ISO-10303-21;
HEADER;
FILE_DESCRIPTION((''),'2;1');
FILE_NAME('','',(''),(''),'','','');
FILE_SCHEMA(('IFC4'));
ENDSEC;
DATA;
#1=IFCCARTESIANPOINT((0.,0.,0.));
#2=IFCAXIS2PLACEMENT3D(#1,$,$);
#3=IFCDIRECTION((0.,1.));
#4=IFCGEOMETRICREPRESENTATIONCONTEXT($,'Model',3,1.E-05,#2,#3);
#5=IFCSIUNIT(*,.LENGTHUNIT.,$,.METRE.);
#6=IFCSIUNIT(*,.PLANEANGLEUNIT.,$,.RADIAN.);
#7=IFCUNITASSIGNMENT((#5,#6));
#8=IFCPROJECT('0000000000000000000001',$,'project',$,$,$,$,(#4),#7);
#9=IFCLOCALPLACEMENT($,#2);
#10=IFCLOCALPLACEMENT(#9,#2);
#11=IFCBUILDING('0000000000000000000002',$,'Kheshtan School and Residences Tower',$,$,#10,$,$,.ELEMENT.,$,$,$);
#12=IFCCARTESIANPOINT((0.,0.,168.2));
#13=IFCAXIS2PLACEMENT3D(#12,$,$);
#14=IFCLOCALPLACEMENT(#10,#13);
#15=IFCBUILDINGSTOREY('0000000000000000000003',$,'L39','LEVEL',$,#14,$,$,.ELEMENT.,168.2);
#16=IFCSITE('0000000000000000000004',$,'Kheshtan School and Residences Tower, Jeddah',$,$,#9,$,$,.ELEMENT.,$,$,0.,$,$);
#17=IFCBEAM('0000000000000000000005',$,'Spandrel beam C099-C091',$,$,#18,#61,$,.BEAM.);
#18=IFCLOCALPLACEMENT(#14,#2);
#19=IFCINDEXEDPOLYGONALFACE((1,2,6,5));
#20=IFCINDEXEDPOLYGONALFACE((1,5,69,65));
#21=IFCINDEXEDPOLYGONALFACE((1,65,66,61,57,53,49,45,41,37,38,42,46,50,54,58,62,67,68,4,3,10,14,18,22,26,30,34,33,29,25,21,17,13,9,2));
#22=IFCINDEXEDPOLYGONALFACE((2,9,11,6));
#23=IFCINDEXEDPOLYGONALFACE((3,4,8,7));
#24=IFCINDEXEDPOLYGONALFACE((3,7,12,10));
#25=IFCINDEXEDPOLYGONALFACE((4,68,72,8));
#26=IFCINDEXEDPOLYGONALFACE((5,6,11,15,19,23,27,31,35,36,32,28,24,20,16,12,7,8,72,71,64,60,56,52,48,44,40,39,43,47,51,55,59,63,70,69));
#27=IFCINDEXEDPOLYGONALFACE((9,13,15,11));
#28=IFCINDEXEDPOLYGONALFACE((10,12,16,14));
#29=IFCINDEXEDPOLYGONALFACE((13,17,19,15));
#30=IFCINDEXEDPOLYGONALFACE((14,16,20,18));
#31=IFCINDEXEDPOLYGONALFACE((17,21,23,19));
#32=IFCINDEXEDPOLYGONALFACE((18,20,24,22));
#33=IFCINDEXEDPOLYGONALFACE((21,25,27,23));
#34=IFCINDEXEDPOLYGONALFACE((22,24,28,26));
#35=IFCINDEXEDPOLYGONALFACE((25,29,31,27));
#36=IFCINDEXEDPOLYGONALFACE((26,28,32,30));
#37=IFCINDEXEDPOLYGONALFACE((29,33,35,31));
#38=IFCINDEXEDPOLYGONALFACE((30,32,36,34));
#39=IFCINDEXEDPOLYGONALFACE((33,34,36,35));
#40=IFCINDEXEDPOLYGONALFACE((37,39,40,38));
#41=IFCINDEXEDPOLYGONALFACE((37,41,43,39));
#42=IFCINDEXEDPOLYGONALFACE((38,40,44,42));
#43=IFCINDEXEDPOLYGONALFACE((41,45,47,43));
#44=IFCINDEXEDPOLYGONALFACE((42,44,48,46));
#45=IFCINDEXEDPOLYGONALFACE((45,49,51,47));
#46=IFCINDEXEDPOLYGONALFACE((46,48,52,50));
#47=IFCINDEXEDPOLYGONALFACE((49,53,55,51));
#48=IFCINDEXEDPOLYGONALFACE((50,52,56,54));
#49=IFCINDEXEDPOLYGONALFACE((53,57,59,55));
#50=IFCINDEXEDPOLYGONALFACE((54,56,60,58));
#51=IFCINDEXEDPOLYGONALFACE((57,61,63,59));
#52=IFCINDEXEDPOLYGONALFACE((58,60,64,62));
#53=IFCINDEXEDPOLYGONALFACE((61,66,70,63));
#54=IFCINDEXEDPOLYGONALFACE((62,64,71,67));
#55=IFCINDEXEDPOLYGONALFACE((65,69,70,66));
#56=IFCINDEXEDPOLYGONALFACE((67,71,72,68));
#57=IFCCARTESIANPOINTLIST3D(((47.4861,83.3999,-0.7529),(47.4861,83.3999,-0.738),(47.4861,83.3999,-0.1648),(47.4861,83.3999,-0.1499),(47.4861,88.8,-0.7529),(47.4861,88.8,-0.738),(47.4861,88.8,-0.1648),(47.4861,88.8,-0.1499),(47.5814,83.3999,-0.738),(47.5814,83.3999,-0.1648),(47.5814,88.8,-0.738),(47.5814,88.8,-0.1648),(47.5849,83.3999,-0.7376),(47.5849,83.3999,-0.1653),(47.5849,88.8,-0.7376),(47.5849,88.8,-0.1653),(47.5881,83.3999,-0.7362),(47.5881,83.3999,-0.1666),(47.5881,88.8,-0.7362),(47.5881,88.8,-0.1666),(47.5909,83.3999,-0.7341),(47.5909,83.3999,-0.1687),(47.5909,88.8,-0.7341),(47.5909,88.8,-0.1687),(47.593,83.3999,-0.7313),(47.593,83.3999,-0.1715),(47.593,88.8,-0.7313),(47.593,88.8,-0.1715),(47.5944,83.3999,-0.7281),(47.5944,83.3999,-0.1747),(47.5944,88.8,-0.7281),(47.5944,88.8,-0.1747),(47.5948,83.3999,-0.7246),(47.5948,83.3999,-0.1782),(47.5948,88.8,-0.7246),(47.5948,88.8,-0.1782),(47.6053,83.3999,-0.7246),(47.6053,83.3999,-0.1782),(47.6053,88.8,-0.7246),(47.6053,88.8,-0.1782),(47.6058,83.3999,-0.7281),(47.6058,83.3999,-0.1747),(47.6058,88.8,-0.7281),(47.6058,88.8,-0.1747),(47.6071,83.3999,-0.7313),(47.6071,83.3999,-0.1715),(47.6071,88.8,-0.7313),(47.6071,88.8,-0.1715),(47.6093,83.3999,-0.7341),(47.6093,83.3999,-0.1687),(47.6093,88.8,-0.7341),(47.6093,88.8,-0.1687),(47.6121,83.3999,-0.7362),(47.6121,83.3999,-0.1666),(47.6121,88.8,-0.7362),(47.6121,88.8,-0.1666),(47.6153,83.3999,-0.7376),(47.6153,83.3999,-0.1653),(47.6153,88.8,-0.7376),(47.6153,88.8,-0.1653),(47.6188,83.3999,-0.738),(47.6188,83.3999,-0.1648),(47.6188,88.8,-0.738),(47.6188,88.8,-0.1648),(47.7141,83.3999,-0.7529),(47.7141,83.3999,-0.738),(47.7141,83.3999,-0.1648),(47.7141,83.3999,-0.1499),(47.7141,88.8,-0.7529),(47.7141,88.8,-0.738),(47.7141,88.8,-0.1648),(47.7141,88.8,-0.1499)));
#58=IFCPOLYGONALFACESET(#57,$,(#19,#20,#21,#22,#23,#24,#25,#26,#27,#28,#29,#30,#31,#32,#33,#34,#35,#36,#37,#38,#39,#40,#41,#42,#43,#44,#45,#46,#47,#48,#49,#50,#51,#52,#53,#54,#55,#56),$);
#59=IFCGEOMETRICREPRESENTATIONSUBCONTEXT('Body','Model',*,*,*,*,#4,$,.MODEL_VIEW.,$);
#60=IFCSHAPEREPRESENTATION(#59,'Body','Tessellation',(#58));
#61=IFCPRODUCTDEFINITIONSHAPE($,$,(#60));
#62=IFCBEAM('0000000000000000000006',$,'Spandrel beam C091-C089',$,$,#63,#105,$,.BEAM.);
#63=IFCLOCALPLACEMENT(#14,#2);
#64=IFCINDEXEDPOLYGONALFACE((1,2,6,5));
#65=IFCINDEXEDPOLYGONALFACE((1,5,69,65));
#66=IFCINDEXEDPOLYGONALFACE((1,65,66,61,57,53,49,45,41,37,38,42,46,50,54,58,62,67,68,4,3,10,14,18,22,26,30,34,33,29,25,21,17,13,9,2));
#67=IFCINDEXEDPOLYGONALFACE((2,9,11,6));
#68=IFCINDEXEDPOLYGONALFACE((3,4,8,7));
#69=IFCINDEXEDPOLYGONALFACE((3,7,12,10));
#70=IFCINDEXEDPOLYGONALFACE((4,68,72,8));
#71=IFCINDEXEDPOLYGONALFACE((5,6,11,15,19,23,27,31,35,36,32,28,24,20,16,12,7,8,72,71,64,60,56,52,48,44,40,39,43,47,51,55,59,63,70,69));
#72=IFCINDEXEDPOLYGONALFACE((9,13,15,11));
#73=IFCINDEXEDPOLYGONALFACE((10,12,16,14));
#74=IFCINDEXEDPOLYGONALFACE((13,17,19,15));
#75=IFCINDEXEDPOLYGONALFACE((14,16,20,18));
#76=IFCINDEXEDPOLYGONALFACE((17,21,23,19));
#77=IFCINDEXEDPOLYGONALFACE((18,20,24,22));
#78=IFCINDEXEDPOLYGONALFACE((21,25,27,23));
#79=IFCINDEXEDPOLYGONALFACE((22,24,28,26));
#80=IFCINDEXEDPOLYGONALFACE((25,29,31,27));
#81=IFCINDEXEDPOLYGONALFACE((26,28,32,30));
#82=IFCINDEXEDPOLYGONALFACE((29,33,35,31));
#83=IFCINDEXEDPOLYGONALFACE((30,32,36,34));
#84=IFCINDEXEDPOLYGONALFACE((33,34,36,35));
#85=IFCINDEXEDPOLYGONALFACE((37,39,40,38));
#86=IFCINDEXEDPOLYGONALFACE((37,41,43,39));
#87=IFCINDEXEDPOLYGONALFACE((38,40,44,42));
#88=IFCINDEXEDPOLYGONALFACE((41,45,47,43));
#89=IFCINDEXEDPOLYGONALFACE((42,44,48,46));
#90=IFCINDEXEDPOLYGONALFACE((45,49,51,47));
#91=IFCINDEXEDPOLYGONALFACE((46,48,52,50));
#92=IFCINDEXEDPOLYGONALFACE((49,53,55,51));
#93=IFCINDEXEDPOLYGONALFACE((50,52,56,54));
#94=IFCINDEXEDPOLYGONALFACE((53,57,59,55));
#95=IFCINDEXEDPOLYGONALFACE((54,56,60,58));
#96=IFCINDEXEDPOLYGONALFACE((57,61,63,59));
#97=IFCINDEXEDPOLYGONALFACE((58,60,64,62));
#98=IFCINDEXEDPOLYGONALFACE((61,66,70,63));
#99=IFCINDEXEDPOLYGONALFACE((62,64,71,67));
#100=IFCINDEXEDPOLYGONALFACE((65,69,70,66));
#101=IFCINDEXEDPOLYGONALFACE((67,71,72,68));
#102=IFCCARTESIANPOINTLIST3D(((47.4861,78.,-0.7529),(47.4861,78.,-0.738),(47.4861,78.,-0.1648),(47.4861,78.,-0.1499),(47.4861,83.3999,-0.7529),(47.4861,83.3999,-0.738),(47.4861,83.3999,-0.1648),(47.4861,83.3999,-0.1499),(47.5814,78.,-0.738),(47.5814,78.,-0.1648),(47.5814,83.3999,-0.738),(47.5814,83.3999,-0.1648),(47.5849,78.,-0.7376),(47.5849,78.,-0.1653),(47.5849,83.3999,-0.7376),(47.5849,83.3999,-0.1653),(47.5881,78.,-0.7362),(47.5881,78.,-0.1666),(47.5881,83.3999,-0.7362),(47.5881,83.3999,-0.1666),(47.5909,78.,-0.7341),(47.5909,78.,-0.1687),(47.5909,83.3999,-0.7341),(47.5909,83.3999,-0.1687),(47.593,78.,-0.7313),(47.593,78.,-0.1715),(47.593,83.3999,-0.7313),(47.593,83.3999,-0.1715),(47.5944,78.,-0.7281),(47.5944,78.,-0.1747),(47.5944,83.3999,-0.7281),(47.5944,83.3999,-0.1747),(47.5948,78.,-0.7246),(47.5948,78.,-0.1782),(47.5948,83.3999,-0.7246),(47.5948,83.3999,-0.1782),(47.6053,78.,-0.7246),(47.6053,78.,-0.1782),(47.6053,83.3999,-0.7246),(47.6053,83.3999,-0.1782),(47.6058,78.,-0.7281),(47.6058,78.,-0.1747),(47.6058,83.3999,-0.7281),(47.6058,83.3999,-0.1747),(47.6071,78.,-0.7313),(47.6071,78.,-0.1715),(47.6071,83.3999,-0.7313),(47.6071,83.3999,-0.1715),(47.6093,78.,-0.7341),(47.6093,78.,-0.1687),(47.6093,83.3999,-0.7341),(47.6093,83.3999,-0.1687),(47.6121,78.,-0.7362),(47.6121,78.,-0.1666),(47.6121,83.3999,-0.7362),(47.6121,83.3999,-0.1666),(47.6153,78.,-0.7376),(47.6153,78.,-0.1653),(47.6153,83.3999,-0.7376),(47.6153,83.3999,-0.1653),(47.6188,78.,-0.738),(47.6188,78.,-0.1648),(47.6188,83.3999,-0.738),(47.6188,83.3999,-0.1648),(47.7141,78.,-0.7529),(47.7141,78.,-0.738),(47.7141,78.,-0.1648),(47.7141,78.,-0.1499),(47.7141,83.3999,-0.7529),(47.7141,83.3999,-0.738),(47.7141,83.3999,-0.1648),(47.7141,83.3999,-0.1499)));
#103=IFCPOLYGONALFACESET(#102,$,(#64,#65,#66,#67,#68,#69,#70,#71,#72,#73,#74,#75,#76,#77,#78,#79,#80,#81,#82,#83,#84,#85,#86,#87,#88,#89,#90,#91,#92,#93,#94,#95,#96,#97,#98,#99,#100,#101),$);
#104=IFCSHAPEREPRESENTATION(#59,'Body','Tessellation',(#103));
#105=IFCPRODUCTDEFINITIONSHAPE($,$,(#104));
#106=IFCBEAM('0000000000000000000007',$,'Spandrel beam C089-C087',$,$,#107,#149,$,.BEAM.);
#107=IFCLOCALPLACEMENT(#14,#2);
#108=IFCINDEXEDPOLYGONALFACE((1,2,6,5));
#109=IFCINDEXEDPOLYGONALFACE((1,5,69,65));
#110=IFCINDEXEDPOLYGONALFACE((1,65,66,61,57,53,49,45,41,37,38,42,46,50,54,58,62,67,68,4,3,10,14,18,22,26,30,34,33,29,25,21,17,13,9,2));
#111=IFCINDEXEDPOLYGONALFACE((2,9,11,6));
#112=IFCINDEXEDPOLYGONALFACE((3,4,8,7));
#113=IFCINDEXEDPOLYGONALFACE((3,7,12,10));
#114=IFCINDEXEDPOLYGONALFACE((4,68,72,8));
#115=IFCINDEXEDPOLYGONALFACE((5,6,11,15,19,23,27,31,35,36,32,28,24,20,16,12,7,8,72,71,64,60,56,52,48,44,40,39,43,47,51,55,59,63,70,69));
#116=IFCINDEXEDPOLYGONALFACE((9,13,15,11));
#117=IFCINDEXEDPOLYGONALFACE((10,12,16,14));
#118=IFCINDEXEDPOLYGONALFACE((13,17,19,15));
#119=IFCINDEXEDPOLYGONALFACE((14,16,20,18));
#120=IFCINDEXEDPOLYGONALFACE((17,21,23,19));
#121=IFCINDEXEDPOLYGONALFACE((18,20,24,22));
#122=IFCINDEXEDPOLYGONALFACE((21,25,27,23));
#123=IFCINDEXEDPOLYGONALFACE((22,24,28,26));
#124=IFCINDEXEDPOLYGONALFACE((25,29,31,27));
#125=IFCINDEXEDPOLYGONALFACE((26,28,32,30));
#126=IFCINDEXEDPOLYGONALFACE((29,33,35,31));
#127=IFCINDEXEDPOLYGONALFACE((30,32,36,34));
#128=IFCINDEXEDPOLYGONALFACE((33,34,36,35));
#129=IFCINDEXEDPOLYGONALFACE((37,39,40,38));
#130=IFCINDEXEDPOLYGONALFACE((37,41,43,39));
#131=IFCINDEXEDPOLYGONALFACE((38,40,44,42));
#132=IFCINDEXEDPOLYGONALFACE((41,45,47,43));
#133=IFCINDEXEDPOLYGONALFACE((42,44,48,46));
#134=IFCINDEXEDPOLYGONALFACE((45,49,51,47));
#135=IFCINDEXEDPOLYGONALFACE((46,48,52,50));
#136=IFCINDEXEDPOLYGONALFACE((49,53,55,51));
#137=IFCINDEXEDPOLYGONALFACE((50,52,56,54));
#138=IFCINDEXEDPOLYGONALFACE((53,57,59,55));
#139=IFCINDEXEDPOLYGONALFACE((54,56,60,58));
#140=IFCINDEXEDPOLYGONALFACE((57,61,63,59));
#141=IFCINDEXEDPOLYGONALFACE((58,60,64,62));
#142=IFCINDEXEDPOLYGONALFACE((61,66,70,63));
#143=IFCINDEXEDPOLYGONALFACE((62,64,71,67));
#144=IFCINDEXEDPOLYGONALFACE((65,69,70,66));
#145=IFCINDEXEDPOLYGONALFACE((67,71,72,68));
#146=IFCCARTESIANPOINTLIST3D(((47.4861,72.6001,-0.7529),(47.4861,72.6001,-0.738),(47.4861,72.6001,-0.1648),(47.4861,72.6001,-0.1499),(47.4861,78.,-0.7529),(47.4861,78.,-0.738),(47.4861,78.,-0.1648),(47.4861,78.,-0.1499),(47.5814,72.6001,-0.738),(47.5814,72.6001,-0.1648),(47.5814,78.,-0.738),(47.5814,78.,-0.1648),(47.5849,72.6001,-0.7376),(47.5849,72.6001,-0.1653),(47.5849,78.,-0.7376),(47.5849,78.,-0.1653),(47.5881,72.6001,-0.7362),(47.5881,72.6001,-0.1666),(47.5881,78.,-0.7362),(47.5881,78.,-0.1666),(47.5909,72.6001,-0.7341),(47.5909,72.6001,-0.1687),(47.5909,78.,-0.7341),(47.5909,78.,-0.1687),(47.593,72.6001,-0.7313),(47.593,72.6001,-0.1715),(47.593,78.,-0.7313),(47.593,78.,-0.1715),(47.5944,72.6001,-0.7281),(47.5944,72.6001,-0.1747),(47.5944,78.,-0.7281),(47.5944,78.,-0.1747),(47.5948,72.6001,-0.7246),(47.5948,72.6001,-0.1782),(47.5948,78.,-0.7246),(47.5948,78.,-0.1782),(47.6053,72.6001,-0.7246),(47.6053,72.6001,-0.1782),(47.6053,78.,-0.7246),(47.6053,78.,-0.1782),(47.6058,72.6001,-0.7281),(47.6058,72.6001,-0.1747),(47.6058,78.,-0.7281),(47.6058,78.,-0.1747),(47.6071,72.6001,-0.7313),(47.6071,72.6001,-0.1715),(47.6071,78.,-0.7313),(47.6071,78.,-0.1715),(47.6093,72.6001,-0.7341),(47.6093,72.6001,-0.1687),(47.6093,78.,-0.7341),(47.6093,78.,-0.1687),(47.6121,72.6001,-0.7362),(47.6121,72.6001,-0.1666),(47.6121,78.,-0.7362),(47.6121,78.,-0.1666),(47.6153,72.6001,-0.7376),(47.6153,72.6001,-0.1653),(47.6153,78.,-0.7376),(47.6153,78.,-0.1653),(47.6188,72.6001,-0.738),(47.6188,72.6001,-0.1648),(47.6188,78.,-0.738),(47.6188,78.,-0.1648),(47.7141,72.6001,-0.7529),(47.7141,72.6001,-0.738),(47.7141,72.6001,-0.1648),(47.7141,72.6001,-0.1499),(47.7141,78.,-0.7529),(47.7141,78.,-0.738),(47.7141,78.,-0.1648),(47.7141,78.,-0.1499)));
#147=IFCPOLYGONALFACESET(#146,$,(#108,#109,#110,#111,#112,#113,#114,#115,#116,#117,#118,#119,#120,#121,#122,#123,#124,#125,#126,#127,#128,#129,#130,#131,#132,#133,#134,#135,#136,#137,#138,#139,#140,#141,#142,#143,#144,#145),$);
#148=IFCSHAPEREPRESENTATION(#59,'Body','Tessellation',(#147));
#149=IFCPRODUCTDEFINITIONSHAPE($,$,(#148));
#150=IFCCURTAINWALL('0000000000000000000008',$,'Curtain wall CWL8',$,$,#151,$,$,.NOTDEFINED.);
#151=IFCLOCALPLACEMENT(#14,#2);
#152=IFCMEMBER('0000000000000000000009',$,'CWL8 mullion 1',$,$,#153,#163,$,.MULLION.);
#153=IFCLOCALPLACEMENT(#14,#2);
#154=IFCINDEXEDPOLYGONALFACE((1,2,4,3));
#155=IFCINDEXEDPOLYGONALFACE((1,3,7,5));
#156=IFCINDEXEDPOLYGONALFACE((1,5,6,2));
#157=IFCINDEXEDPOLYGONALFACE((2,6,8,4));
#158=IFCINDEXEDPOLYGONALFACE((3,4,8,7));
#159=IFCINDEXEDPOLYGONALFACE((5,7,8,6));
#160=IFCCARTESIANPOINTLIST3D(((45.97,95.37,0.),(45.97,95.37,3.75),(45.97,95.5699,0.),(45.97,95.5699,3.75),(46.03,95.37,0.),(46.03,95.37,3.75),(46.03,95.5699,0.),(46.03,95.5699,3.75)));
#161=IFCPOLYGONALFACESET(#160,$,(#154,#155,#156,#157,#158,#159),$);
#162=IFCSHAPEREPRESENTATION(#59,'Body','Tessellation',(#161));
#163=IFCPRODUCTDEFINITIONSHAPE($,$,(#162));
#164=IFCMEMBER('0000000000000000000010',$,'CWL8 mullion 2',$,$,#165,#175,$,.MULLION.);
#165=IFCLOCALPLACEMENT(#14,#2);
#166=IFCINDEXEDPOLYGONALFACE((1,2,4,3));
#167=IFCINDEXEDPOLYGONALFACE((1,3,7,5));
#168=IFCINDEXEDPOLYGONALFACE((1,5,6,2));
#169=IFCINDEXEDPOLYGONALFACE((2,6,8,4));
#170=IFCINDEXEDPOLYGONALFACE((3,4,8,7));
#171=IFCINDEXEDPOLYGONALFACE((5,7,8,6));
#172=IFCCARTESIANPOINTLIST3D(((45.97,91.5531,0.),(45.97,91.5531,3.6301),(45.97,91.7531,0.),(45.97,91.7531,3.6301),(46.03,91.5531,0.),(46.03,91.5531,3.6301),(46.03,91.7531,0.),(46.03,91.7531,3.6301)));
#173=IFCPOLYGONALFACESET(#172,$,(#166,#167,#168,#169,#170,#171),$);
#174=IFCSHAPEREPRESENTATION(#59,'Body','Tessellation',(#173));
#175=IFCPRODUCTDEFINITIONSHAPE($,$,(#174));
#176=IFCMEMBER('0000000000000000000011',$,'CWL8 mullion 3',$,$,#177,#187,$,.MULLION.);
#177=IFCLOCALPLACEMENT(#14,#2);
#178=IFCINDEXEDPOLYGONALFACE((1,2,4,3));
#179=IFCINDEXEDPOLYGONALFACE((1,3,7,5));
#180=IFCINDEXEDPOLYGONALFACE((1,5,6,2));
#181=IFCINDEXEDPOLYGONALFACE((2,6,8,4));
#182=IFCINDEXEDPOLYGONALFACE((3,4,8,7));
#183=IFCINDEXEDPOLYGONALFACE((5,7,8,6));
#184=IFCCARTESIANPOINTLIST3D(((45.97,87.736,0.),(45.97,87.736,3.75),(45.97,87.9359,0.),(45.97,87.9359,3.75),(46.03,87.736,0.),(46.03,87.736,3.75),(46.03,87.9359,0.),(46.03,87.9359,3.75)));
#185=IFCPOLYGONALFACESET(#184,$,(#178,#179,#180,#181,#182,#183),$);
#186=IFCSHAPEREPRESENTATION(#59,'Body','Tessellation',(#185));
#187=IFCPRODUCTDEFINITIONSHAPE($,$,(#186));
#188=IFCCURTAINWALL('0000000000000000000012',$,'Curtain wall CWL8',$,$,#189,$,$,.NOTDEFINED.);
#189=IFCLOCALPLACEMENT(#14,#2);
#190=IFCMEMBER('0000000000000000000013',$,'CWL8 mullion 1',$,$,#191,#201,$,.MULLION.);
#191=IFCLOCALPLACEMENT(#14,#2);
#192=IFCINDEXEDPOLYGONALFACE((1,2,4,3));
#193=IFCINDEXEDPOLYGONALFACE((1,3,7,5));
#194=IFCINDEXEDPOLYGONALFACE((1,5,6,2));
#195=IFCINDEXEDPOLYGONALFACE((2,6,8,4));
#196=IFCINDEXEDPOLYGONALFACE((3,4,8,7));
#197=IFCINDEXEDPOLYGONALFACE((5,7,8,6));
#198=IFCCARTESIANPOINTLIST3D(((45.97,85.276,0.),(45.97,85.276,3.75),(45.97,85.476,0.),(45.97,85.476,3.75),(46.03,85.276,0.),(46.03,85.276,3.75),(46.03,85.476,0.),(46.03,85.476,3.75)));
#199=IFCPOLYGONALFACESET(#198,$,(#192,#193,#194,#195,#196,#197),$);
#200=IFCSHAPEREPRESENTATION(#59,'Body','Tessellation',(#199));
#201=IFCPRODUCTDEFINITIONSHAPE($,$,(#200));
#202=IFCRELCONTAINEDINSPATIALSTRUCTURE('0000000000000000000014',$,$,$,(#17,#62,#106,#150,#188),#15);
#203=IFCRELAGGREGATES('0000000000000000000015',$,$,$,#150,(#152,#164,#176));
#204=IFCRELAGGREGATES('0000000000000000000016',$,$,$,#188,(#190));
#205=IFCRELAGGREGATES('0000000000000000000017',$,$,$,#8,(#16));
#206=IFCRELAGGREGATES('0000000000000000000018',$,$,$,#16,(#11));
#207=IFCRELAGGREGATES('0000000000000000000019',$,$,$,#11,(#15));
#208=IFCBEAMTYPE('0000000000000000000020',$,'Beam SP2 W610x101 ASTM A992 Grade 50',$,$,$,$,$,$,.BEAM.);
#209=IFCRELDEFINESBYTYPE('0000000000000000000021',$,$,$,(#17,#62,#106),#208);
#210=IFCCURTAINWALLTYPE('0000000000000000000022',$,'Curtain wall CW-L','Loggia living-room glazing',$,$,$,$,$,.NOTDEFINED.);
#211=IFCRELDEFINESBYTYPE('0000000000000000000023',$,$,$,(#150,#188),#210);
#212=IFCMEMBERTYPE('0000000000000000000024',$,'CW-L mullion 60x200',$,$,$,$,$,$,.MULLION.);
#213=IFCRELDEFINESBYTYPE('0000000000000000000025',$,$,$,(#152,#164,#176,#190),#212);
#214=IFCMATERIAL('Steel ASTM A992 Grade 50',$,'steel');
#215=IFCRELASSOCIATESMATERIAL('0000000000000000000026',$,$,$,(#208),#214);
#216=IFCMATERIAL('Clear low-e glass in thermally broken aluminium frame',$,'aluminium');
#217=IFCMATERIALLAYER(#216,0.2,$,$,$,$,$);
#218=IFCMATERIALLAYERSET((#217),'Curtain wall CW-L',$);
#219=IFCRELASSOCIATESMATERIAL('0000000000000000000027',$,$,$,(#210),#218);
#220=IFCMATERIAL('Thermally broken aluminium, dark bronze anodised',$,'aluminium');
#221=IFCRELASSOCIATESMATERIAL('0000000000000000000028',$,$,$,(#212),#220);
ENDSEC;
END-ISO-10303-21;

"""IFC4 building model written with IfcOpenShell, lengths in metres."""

from ifc_helpers import new_model, si_unit, direction, frame, origin, origin_2d, place, context, subcontext, project, spatial, rectangle, i_section, extrude, material, layer, layer_set, material_profile, profile_set, type_object, element, aggregate, save


model = new_model("IFC4")

# Units and contexts
model_context = context("Model", 3, precision=1e-05, world=origin(), true_north=direction((0.0, 1.0)))
body_context = subcontext(model_context, "Body", "Model", "MODEL_VIEW")
ifc_project = project(units=[si_unit("LENGTHUNIT", "METRE"), si_unit("PLANEANGLEUNIT", "RADIAN")], contexts=[model_context])

# Site, building, storey
site_placement = place(None, origin())
site = spatial("IfcSite", under=ifc_project, at=site_placement, Name="Kheshtan School and Residences Tower, Jeddah", CompositionType="ELEMENT", RefElevation=0.0)
building_placement = place(site_placement, origin())
building = spatial("IfcBuilding", under=site, at=building_placement, Name="Kheshtan School and Residences Tower", CompositionType="ELEMENT")
storey_placement = place(building_placement, frame((0.0, 0.0, 168.2)))
storey = spatial("IfcBuildingStorey", under=building, at=storey_placement, Name="L39", Description="LEVEL", CompositionType="ELEMENT", Elevation=168.2)

# Shared definitions
ifc_material_1 = material(Name="Steel ASTM A992 Grade 50", Category="steel")

# Beams
ifc_material_profile_1 = material_profile(ifc_material_1, i_section(OverallWidth=0.228, OverallDepth=0.603, WebThickness=0.0105, FlangeThickness=0.0149, FilletRadius=0.0134, at=origin_2d()), Name="W610x101")
ifc_profile_set_1 = profile_set([ifc_material_profile_1], Name="Steel ASTM A992 Grade 50")
beam_type_1 = type_object("IfcBeamType", Name="Beam SP2 W610x101 ASTM A992 Grade 50", PredefinedType="BEAM", material=ifc_profile_set_1)
beam_1_placement = place(storey_placement, frame((47.6001, 88.8, -0.4514), z_axis=(0.0, -1.0, 0.0), x_axis=(1.0, 0.0, 0.0)))
element("IfcBeam", 1, at=beam_1_placement, inside=storey, type_object=beam_type_1, Name="Spandrel beam C099-C091", PredefinedType="BEAM", context=body_context, shape_type="SweptSolid", body=[
    extrude(i_section(OverallWidth=0.228, OverallDepth=0.603, WebThickness=0.0105, FlangeThickness=0.0149, FilletRadius=0.0134, at=origin_2d()), origin(), (0.0, 0.0, 1.0), 5.4001),
])
for number, where, z_axis, x_axis, name in (
    (2, (47.6001, 83.3999, -0.4514), (0.0, -1.0, 0.0), (1.0, 0.0, 0.0), "Spandrel beam C091-C089"),
    (3, (47.6001, 78.0, -0.4514), (0.0, -1.0, 0.0), (1.0, 0.0, 0.0), "Spandrel beam C089-C087"),
):
    element("IfcBeam", number, at=place(storey_placement, frame(where, z_axis=z_axis, x_axis=x_axis)), inside=storey, type_object=beam_type_1, Name=name, PredefinedType="BEAM", context=body_context, shape_type="SweptSolid", body=[
        extrude(i_section(OverallWidth=0.228, OverallDepth=0.603, WebThickness=0.0105, FlangeThickness=0.0149, FilletRadius=0.0134, at=origin_2d()), origin(), (0.0, 0.0, 1.0), 5.3999),
    ])

# Curtain walls, members
ifc_material_2 = material(Name="Clear low-e glass in thermally broken aluminium frame", Category="aluminium")
ifc_layer_1 = layer(ifc_material_2, 0.2)
ifc_layer_set_1 = layer_set([ifc_layer_1], Name="Curtain wall CW-L")
curtain_wall_type = type_object("IfcCurtainWallType", Name="Curtain wall CW-L", Description="Loggia living-room glazing", PredefinedType="NOTDEFINED", material=ifc_layer_set_1)
curtain_wall_1_placement = place(storey_placement, origin())
curtain_wall_1 = element("IfcCurtainWall", 4, at=curtain_wall_1_placement, inside=storey, type_object=curtain_wall_type, Name="Curtain wall CWL8", PredefinedType="NOTDEFINED")
ifc_material_3 = material(Name="Thermally broken aluminium, dark bronze anodised", Category="aluminium")
ifc_material_profile_2 = material_profile(ifc_material_3, rectangle(XDim=0.0601, YDim=0.2, at=origin_2d()), Name="CW-L mullion 60x200")
ifc_profile_set_2 = profile_set([ifc_material_profile_2], Name="Thermally broken aluminium, dark bronze anodised")
member_type_1 = type_object("IfcMemberType", Name="CW-L mullion 60x200", PredefinedType="MULLION", material=ifc_profile_set_2)
member_1_placement = place(storey_placement, frame((46.0, 95.47, 0.0), z_axis=(0.0, 0.0, 1.0), x_axis=(1.0, 0.0, 0.0)))
member_1 = element("IfcMember", 5, at=member_1_placement, type_object=member_type_1, Name="CWL8 mullion 1", PredefinedType="MULLION", context=body_context, shape_type="SweptSolid", body=[
    extrude(rectangle(XDim=0.0601, YDim=0.2, at=origin_2d()), origin(), (0.0, 0.0, 1.0), 3.75),
])
member_2_placement = place(storey_placement, frame((46.0, 91.6531, 0.0), z_axis=(0.0, 0.0, 1.0), x_axis=(1.0, 0.0, 0.0)))
member_2 = element("IfcMember", 6, at=member_2_placement, type_object=member_type_1, Name="CWL8 mullion 2", PredefinedType="MULLION", context=body_context, shape_type="SweptSolid", body=[
    extrude(rectangle(XDim=0.0601, YDim=0.2, at=origin_2d()), origin(), (0.0, 0.0, 1.0), 3.6301),
])
member_3_placement = place(storey_placement, frame((46.0, 87.8359, 0.0), z_axis=(0.0, 0.0, 1.0), x_axis=(1.0, 0.0, 0.0)))
member_3 = element("IfcMember", 7, at=member_3_placement, type_object=member_type_1, Name="CWL8 mullion 3", PredefinedType="MULLION", context=body_context, shape_type="SweptSolid", body=[
    extrude(rectangle(XDim=0.0601, YDim=0.2, at=origin_2d()), origin(), (0.0, 0.0, 1.0), 3.75),
])
curtain_wall_2_placement = place(storey_placement, origin())
curtain_wall_2 = element("IfcCurtainWall", 8, at=curtain_wall_2_placement, inside=storey, type_object=curtain_wall_type, Name="Curtain wall CWL8", PredefinedType="NOTDEFINED")
member_4_placement = place(storey_placement, frame((46.0, 85.376, 0.0), z_axis=(0.0, 0.0, 1.0), x_axis=(1.0, 0.0, 0.0)))
member_4 = element("IfcMember", 9, at=member_4_placement, type_object=member_type_1, Name="CWL8 mullion 1", PredefinedType="MULLION", context=body_context, shape_type="SweptSolid", body=[
    extrude(rectangle(XDim=0.0601, YDim=0.2, at=origin_2d()), origin(), (0.0, 0.0, 1.0), 3.75),
])

aggregate(curtain_wall_1, [member_1, member_2, member_3])
aggregate(curtain_wall_2, [member_4])

save(model, "model.ifc")
